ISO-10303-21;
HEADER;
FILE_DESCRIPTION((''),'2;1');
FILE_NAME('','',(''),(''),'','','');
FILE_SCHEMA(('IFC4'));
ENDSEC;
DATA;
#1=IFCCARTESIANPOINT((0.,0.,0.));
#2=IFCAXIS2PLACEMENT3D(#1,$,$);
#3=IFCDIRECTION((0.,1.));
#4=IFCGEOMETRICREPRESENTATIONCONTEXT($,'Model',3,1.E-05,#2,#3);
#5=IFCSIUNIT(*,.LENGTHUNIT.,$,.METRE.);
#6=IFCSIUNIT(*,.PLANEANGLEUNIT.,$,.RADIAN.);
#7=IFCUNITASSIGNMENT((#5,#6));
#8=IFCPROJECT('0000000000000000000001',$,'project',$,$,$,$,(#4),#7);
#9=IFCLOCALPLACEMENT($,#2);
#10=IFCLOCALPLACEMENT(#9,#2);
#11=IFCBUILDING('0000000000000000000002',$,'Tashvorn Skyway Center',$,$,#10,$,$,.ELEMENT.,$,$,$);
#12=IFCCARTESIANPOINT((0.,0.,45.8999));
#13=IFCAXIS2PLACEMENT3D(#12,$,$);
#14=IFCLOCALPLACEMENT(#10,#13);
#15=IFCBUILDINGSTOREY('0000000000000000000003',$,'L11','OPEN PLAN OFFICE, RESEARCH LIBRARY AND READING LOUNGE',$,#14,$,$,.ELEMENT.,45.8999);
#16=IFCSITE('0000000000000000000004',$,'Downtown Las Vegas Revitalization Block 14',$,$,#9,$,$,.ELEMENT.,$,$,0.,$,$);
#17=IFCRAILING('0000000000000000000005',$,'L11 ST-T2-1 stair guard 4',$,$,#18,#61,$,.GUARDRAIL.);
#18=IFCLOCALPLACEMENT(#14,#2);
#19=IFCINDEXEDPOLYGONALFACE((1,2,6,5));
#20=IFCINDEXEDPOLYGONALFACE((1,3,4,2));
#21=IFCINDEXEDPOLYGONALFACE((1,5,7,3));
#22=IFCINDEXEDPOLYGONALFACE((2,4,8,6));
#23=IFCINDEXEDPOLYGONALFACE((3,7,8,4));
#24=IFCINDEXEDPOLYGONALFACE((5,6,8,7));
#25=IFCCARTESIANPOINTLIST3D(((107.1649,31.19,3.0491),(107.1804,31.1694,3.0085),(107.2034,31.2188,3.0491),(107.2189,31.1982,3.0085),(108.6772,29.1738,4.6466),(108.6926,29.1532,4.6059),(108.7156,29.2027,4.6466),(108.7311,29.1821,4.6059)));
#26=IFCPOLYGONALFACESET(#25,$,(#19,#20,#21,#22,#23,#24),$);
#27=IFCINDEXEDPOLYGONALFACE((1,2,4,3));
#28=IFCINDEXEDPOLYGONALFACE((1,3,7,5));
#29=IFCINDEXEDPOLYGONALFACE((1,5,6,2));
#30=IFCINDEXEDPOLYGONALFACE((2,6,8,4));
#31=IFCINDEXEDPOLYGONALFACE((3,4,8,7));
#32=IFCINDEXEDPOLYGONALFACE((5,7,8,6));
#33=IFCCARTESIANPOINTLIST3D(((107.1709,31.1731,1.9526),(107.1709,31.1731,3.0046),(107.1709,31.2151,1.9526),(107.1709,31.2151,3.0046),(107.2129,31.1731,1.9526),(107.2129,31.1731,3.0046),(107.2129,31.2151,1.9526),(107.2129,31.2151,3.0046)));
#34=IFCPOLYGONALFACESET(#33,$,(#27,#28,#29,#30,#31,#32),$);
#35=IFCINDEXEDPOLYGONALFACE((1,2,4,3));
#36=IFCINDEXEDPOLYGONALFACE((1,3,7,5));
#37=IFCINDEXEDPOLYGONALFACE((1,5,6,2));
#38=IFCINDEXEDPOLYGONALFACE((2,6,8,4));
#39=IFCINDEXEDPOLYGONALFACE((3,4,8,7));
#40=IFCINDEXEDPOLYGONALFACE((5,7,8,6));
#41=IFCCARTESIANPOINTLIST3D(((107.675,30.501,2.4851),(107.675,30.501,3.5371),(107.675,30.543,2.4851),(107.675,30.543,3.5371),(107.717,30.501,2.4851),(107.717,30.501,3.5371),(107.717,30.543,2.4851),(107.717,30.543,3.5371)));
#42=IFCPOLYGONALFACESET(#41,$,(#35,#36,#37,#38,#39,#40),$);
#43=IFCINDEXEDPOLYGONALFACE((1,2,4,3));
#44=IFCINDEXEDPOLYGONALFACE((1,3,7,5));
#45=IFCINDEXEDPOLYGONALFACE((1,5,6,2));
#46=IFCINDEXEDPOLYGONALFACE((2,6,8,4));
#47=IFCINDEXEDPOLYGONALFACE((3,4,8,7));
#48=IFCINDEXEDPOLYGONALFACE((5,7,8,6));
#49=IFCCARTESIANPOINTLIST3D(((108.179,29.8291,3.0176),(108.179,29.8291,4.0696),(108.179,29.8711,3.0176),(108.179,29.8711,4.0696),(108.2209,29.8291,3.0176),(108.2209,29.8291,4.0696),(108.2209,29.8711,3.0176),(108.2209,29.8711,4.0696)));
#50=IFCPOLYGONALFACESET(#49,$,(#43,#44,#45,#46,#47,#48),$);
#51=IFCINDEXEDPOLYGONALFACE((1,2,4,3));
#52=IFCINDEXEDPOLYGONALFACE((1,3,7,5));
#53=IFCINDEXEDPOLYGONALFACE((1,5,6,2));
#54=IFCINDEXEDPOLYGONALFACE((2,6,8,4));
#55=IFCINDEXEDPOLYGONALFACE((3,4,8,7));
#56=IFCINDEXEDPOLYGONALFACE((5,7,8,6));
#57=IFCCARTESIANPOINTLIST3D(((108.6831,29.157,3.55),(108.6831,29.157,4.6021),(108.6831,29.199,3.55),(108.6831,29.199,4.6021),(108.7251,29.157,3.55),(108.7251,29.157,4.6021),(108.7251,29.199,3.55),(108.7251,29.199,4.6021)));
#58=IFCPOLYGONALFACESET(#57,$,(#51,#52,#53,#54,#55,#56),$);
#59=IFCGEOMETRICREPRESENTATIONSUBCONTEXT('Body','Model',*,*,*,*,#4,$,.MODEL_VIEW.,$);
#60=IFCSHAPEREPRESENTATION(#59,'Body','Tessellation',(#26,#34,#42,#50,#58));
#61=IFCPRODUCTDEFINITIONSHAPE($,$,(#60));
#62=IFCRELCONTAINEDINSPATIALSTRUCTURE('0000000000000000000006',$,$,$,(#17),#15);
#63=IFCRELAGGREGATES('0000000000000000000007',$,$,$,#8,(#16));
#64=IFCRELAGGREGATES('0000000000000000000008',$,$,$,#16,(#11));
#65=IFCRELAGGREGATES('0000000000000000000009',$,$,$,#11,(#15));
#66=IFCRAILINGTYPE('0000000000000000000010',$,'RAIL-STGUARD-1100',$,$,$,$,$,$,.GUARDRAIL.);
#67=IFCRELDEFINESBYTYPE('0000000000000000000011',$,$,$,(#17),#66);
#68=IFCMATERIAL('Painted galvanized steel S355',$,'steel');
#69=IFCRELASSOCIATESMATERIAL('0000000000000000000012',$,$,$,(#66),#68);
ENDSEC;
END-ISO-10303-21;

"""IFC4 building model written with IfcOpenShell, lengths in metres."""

from ifc_helpers import new_model, si_unit, direction, frame, origin, origin_2d, place, context, subcontext, project, spatial, rectangle, extrude, material, type_object, element, save


model = new_model("IFC4")

# Units and contexts
model_context = context("Model", 3, precision=1e-05, world=origin(), true_north=direction((0.0, 1.0)))
body_context = subcontext(model_context, "Body", "Model", "MODEL_VIEW")
ifc_project = project(units=[si_unit("LENGTHUNIT", "METRE"), si_unit("PLANEANGLEUNIT", "RADIAN")], contexts=[model_context])

# Site, building, storey
site_placement = place(None, origin())
site = spatial("IfcSite", under=ifc_project, at=site_placement, Name="Downtown Las Vegas Revitalization Block 14", CompositionType="ELEMENT", RefElevation=0.0)
building_placement = place(site_placement, origin())
building = spatial("IfcBuilding", under=site, at=building_placement, Name="Tashvorn Skyway Center", CompositionType="ELEMENT")
storey_placement = place(building_placement, frame((0.0, 0.0, 45.8999)))
storey = spatial("IfcBuildingStorey", under=building, at=storey_placement, Name="L11", Description="OPEN PLAN OFFICE, RESEARCH LIBRARY AND READING LOUNGE", CompositionType="ELEMENT", Elevation=45.8999)

# Railing
ifc_material_1 = material(Name="Painted galvanized steel S355", Category="steel")
railing_type = type_object("IfcRailingType", Name="RAIL-STGUARD-1100", PredefinedType="GUARDRAIL", material=ifc_material_1)
railing_1_placement = place(storey_placement, frame((107.1919, 31.1941, 1.9526)))
element("IfcRailing", 1, at=railing_1_placement, inside=storey, type_object=railing_type, Name="L11 ST-T2-1 stair guard 4", PredefinedType="GUARDRAIL", context=body_context, shape_type="SweptSolid", body=[
    extrude(rectangle(XDim=0.0481, YDim=0.0481, at=origin_2d()), frame((0.0, 0.0, 1.0762), z_axis=(0.506802, -0.675681, 0.535357), x_axis=(0.799977, 0.600031, 0.0)), (0.0, 0.0, 1.0), 2.9839),
    extrude(rectangle(XDim=0.042, YDim=0.042, at=origin_2d()), origin(), (0.0, 0.0, 1.0), 1.052),
    extrude(rectangle(XDim=0.042, YDim=0.042, at=origin_2d()), frame((0.5042, -0.6721, 0.5325)), (0.0, 0.0, 1.0), 1.052),
    extrude(rectangle(XDim=0.042, YDim=0.042, at=origin_2d()), frame((1.0081, -1.344, 1.0649)), (0.0, 0.0, 1.0), 1.052),
    extrude(rectangle(XDim=0.042, YDim=0.042, at=origin_2d()), frame((1.5122, -2.0161, 1.5974)), (0.0, 0.0, 1.0), 1.052),
])

save(model, "model.ifc")
